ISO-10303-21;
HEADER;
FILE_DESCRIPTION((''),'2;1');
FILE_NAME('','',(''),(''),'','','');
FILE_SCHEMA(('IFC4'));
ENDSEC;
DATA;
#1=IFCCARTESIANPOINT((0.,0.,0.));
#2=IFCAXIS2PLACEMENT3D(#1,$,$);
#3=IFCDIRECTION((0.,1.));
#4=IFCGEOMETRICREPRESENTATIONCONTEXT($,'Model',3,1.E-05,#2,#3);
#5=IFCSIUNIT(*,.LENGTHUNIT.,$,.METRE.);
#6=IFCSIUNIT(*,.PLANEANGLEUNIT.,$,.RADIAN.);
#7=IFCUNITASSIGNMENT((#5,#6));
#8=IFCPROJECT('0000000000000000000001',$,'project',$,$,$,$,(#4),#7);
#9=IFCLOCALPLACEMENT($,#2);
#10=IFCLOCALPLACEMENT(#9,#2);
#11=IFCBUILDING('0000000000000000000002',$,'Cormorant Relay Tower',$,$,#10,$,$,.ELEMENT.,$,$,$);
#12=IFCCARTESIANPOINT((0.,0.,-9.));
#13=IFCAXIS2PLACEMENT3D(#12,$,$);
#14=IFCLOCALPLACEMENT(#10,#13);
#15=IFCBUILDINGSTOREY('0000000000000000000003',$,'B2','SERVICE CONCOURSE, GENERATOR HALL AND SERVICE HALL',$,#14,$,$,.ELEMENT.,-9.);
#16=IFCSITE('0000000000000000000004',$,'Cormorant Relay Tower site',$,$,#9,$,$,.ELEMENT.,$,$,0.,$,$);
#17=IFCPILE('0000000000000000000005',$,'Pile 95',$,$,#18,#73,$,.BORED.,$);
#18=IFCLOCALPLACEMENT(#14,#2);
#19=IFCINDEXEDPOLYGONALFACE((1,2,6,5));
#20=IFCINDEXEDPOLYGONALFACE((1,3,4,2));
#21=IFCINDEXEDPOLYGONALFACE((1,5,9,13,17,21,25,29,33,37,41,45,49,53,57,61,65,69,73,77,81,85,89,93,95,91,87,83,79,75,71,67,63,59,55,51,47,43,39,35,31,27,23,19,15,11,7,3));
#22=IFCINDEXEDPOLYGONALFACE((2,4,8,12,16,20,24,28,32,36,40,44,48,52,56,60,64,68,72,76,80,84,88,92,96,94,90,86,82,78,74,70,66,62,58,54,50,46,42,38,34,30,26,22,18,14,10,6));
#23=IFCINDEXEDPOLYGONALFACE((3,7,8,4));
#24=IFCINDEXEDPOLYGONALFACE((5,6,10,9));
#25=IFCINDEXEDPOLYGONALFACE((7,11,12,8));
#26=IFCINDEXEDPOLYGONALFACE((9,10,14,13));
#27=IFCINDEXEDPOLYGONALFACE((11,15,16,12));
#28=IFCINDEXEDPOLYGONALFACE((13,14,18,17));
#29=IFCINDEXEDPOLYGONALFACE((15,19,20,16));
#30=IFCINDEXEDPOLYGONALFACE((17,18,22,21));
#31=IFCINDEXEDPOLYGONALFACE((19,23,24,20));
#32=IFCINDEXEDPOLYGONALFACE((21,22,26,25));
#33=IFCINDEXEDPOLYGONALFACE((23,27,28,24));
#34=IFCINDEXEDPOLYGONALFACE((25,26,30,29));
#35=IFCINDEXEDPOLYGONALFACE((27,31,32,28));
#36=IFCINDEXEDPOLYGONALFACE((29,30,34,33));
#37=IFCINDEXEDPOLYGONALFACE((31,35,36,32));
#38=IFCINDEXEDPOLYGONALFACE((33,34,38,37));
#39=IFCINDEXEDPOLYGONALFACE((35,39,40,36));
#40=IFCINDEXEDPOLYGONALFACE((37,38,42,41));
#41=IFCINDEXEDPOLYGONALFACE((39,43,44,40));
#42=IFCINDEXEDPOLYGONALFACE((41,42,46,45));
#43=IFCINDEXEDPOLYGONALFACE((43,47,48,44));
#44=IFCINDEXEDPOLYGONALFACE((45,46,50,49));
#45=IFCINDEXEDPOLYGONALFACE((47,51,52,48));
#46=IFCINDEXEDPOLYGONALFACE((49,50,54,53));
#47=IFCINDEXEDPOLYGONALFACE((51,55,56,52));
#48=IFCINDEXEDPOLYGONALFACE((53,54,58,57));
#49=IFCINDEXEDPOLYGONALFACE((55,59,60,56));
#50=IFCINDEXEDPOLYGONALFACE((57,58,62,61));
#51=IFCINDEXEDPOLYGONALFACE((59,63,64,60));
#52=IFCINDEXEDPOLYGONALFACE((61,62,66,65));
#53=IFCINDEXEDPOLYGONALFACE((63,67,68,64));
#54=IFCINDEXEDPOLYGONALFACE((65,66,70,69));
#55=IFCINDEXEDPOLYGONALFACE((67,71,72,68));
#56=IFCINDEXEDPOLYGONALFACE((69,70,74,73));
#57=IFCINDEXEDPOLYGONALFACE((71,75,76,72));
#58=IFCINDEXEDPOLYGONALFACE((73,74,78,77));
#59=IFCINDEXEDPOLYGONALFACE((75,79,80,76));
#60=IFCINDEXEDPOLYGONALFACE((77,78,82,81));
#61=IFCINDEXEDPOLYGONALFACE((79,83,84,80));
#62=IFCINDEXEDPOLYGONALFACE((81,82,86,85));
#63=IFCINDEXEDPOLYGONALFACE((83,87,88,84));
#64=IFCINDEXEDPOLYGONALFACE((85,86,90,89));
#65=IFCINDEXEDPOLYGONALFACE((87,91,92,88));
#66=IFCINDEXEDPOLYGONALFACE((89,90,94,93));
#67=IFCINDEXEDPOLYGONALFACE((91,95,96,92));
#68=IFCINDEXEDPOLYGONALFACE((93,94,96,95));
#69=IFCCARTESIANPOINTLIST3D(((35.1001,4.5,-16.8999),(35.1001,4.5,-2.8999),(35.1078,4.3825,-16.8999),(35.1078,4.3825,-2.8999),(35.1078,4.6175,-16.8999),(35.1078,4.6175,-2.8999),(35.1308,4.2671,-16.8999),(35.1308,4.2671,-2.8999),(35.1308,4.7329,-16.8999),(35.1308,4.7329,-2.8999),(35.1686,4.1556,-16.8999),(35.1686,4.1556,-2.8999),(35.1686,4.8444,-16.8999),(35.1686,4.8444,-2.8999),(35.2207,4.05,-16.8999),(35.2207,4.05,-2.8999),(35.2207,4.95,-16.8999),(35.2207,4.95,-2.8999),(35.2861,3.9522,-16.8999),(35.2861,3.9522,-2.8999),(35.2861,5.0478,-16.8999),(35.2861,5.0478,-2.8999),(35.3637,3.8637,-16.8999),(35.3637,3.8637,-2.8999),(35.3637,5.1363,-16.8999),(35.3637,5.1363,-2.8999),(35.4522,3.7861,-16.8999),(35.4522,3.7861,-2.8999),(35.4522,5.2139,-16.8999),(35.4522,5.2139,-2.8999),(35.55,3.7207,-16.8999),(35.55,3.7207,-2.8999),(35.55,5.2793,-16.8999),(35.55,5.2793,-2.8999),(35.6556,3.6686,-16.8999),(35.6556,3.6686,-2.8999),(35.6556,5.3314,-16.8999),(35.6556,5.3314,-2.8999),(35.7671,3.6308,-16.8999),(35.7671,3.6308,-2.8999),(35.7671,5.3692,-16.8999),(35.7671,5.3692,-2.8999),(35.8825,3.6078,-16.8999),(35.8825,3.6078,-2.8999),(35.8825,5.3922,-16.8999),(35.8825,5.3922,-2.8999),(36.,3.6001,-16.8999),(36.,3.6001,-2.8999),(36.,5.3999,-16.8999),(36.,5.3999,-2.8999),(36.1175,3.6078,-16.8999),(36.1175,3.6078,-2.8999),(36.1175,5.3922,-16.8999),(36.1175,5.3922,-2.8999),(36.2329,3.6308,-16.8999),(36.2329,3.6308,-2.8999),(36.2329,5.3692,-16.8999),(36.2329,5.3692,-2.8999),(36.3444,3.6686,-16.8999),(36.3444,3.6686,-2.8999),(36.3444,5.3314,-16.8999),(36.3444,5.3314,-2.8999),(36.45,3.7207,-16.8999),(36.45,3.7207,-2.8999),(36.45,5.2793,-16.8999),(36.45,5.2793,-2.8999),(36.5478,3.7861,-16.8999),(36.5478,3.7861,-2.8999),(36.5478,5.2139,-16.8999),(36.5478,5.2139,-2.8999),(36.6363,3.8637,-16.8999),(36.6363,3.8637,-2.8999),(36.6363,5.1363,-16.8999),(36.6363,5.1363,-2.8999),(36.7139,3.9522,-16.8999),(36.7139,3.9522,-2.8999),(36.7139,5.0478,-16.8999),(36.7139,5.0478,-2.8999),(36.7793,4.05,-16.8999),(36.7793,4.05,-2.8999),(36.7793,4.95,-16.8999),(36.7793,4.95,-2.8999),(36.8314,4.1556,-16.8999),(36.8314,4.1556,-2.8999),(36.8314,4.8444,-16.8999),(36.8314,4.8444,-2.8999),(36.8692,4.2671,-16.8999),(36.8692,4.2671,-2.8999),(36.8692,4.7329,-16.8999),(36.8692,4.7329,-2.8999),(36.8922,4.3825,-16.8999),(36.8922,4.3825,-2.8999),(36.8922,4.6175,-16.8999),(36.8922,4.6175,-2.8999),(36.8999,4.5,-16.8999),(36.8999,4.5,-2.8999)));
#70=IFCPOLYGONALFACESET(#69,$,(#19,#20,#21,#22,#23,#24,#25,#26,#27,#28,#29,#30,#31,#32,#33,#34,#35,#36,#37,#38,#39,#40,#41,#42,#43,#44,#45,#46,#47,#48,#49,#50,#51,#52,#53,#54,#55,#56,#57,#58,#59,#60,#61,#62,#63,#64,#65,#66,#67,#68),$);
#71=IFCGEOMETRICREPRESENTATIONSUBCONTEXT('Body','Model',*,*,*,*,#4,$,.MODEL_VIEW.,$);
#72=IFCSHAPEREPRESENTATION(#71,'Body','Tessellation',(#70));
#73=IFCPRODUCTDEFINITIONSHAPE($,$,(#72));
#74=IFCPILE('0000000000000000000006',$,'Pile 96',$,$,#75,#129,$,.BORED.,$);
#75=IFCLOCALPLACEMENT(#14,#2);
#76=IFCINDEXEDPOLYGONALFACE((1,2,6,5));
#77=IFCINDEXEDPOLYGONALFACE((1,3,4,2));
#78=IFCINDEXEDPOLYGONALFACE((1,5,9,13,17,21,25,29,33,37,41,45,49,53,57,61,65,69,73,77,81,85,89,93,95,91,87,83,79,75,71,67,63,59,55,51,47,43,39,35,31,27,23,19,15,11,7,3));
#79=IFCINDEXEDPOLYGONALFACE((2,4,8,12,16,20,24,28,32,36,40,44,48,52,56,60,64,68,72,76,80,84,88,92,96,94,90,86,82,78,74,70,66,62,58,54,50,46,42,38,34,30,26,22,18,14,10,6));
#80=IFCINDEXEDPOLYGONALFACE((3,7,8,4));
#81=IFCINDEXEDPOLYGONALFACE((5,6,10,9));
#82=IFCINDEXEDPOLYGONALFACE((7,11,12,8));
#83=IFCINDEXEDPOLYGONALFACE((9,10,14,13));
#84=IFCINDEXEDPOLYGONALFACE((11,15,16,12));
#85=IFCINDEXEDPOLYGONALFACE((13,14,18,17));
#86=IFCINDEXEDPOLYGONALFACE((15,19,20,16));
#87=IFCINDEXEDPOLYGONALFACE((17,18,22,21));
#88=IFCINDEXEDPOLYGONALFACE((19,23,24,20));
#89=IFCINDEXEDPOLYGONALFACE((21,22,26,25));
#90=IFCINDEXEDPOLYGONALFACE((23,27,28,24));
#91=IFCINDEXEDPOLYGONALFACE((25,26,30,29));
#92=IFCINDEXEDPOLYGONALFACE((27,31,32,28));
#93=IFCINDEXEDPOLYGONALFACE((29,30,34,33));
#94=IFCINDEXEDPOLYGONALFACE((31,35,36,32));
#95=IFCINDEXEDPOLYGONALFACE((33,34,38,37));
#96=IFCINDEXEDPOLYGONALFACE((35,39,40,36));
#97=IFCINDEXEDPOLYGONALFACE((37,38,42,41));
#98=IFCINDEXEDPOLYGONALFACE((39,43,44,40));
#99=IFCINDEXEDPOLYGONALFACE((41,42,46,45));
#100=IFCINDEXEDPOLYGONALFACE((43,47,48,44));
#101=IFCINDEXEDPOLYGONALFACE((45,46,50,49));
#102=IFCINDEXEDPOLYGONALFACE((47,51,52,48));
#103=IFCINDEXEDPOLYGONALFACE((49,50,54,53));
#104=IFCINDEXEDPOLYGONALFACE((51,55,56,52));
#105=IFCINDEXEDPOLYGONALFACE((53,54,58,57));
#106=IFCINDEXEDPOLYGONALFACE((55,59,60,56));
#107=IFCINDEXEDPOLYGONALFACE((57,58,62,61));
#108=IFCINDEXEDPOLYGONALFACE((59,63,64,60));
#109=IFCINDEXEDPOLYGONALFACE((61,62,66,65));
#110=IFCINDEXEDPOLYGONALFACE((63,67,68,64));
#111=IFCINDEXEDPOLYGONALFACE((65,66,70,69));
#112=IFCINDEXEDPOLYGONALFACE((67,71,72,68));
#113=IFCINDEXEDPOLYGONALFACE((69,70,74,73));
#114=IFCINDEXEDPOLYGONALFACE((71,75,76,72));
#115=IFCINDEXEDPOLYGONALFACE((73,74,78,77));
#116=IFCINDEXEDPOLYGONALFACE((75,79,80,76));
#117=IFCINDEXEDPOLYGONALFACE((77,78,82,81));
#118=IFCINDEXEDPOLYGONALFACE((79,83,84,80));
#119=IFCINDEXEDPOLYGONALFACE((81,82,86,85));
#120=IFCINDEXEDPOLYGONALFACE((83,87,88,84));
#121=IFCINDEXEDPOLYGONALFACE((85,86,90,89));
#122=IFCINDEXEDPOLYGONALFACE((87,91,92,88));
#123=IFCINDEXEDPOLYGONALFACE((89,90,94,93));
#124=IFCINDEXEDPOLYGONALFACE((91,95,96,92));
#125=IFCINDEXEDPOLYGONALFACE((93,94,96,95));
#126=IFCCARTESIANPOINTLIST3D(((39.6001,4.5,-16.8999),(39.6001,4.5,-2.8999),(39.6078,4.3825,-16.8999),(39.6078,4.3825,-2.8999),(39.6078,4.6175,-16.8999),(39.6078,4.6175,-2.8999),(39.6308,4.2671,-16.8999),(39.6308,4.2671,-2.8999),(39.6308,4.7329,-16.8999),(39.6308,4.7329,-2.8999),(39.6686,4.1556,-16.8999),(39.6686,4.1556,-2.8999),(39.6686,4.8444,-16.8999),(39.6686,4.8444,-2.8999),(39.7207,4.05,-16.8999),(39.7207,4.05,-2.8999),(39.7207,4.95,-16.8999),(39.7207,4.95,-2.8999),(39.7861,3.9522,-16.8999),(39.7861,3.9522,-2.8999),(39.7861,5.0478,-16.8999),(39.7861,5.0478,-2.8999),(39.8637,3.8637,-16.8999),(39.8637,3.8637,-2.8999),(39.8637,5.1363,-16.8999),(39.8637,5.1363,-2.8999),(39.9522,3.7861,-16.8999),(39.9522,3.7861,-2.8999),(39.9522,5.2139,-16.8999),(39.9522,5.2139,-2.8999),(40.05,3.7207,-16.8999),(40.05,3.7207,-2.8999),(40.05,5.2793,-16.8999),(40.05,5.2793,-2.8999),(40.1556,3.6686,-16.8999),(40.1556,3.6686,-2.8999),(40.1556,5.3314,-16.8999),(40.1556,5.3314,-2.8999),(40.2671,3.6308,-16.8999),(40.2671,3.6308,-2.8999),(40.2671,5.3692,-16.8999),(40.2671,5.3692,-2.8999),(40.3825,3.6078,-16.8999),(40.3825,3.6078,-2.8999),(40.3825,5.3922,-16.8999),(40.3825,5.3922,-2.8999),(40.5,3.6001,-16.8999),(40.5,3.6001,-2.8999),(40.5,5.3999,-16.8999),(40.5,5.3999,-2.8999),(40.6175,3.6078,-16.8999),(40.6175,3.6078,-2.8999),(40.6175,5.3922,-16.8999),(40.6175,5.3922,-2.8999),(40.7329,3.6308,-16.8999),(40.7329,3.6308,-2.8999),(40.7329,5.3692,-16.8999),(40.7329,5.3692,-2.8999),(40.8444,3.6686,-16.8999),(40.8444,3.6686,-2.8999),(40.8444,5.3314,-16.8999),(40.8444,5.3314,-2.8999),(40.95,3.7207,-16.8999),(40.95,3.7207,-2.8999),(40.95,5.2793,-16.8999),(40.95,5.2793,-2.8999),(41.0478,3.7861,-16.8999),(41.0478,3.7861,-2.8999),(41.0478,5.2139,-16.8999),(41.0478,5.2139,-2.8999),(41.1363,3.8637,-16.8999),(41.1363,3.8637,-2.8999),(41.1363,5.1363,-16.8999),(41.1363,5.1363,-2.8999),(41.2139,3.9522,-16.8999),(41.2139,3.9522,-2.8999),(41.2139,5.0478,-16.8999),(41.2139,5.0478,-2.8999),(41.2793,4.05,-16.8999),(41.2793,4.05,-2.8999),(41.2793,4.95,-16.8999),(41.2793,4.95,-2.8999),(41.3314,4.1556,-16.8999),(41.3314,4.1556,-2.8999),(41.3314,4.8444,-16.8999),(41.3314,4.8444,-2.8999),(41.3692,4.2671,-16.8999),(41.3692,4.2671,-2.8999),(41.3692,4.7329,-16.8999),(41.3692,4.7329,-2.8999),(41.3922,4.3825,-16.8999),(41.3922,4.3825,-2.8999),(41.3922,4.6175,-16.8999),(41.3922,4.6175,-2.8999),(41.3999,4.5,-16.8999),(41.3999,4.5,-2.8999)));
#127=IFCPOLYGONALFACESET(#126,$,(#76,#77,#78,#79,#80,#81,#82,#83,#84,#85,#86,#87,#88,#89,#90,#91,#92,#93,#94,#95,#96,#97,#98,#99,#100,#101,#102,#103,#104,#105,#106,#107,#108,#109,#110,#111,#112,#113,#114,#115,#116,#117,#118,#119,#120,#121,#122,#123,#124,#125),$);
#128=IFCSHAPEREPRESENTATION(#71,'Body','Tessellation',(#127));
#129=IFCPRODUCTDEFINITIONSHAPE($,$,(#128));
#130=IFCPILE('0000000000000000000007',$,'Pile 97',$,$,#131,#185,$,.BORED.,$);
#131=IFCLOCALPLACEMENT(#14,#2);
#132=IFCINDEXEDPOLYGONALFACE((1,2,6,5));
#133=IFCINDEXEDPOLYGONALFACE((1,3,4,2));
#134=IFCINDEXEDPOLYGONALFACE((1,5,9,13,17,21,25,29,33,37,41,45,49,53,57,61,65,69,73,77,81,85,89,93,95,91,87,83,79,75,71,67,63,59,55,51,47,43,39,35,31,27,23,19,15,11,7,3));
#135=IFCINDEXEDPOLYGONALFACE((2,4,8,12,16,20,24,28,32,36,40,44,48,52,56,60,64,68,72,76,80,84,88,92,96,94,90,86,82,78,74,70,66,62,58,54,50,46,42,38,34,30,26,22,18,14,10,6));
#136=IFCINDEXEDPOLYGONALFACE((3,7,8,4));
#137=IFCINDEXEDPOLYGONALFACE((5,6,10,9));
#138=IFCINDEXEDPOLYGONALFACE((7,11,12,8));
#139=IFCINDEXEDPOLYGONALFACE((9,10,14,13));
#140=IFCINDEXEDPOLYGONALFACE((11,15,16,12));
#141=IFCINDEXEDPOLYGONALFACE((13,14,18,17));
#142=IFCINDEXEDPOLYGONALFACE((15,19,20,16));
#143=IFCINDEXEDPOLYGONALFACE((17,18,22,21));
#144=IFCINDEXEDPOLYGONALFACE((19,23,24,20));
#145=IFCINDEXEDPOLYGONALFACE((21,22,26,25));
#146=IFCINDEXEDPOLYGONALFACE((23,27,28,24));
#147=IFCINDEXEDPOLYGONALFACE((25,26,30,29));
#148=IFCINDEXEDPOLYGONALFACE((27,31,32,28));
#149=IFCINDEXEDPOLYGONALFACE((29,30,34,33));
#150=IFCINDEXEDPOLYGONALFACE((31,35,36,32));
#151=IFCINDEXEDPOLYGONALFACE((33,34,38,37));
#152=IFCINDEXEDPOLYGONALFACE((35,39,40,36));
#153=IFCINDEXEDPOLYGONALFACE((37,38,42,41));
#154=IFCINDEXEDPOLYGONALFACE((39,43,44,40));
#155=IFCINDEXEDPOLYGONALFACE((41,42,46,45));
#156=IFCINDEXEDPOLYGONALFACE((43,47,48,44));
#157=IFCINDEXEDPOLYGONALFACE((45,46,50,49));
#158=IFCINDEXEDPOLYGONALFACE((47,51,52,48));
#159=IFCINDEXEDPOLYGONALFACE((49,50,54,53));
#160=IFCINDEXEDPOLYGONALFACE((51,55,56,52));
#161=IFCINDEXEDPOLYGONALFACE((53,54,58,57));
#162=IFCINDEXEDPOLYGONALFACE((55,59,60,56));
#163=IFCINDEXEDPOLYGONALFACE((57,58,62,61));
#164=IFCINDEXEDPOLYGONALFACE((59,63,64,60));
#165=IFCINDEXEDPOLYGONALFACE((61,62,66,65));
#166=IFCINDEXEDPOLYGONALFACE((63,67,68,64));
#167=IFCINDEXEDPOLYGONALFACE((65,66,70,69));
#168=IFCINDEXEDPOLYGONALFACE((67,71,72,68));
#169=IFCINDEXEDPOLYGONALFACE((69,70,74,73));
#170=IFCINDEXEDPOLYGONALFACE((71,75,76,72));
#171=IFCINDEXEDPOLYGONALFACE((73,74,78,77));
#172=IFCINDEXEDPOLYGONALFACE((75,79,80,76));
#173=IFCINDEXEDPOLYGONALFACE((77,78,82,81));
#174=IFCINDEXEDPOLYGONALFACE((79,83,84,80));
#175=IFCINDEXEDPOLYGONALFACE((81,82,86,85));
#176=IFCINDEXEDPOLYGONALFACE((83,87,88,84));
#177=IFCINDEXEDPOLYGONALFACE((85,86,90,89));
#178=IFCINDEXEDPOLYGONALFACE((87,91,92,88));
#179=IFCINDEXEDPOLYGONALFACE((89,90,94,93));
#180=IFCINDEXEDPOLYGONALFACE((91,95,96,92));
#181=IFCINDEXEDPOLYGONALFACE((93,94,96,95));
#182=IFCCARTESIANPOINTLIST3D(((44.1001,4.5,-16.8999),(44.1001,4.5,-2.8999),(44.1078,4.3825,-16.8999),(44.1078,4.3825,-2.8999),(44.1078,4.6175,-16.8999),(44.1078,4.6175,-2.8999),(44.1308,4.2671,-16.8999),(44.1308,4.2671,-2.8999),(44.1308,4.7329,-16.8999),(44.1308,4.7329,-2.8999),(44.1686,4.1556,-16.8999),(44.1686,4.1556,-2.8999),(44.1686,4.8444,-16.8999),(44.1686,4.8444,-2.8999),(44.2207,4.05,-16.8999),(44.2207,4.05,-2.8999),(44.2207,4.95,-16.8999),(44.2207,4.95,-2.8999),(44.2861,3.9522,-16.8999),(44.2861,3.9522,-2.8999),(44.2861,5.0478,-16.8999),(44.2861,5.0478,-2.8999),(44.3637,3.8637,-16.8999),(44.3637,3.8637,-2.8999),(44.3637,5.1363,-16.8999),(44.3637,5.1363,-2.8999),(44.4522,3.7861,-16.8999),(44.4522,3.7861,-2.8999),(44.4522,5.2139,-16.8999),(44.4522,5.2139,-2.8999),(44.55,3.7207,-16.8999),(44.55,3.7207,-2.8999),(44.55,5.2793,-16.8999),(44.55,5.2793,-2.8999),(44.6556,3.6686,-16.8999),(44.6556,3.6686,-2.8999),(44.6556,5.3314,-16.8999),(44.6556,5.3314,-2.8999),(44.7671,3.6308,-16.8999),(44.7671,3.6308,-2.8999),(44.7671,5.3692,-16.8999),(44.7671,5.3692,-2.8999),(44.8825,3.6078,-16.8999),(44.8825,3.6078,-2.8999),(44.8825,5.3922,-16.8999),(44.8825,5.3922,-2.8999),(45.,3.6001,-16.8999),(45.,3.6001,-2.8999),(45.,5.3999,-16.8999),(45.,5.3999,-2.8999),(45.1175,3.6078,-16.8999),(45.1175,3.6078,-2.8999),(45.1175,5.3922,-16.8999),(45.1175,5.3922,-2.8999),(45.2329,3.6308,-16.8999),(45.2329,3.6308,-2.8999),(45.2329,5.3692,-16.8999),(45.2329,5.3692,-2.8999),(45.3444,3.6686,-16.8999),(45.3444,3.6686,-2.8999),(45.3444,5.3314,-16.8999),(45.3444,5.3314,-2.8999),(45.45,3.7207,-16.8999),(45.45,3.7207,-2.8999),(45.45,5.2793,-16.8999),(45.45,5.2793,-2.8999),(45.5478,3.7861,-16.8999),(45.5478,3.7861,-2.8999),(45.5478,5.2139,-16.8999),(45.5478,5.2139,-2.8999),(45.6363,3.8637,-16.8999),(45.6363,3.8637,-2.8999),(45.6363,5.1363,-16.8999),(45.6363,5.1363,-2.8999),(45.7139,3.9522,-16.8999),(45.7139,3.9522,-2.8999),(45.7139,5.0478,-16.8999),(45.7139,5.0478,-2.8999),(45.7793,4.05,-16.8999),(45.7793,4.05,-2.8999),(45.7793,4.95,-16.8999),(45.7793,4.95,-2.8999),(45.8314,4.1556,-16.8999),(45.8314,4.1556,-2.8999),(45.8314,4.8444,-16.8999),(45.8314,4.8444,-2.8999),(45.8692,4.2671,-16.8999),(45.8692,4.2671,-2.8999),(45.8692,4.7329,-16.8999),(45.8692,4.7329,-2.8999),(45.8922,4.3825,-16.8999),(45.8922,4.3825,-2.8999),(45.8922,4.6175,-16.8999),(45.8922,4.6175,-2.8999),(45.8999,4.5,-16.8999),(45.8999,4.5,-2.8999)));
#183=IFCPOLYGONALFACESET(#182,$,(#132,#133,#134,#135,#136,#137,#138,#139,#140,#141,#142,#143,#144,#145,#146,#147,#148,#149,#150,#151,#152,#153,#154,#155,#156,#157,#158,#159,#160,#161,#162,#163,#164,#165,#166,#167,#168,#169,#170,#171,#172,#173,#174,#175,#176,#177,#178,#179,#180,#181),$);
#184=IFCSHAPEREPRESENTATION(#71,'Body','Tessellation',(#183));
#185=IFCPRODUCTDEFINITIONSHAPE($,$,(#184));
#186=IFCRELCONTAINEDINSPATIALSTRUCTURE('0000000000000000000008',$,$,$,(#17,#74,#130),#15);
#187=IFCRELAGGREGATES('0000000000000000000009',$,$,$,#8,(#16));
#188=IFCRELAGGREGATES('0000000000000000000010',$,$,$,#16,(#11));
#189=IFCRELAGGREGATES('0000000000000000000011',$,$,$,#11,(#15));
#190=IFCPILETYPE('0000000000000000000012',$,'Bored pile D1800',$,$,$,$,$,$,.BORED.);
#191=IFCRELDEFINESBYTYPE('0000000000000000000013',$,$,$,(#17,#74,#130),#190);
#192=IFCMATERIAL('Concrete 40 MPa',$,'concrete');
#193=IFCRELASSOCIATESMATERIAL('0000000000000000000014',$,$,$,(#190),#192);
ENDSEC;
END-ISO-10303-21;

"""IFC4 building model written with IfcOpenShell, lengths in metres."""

from ifc_helpers import new_model, si_unit, direction, frame, origin, origin_2d, place, context, subcontext, project, spatial, circle, extrude, material, material_profile, profile_set, type_object, element, save


model = new_model("IFC4")

# Units and contexts
model_context = context("Model", 3, precision=1e-05, world=origin(), true_north=direction((0.0, 1.0)))
body_context = subcontext(model_context, "Body", "Model", "MODEL_VIEW")
ifc_project = project(units=[si_unit("LENGTHUNIT", "METRE"), si_unit("PLANEANGLEUNIT", "RADIAN")], contexts=[model_context])

# Site, building, storey
site_placement = place(None, origin())
site = spatial("IfcSite", under=ifc_project, at=site_placement, Name="Cormorant Relay Tower site", CompositionType="ELEMENT", RefElevation=0.0)
building_placement = place(site_placement, origin())
building = spatial("IfcBuilding", under=site, at=building_placement, Name="Cormorant Relay Tower", CompositionType="ELEMENT")
storey_placement = place(building_placement, frame((0.0, 0.0, -9.0)))
storey = spatial("IfcBuildingStorey", under=building, at=storey_placement, Name="B2", Description="SERVICE CONCOURSE, GENERATOR HALL AND SERVICE HALL", CompositionType="ELEMENT", Elevation=-9.0)

# Piles
ifc_material_1 = material(Name="Concrete 40 MPa", Category="concrete")
ifc_material_profile = material_profile(ifc_material_1, circle(Radius=0.8999, at=origin_2d()), Name="BP1800")
ifc_profile_set = profile_set([ifc_material_profile], Name="Concrete 40 MPa")
pile_type = type_object("IfcPileType", Name="Bored pile D1800", PredefinedType="BORED", material=ifc_profile_set)
for number, where, z_axis, x_axis, name in (
    (1, (36.0, 4.5, -2.8999), (0.0, 0.0, -1.0), (1.0, 0.0, 0.0), "Pile 95"),
    (2, (40.5, 4.5, -2.8999), (0.0, 0.0, -1.0), (1.0, 0.0, 0.0), "Pile 96"),
    (3, (45.0, 4.5, -2.8999), (0.0, 0.0, -1.0), (1.0, 0.0, 0.0), "Pile 97"),
):
    element("IfcPile", number, at=place(storey_placement, frame(where, z_axis=z_axis, x_axis=x_axis)), inside=storey, type_object=pile_type, Name=name, PredefinedType="BORED", context=body_context, shape_type="SweptSolid", body=[
        extrude(circle(Radius=0.8999, at=origin_2d()), origin(), (0.0, 0.0, 1.0), 14.0),
    ])

save(model, "model.ifc")
